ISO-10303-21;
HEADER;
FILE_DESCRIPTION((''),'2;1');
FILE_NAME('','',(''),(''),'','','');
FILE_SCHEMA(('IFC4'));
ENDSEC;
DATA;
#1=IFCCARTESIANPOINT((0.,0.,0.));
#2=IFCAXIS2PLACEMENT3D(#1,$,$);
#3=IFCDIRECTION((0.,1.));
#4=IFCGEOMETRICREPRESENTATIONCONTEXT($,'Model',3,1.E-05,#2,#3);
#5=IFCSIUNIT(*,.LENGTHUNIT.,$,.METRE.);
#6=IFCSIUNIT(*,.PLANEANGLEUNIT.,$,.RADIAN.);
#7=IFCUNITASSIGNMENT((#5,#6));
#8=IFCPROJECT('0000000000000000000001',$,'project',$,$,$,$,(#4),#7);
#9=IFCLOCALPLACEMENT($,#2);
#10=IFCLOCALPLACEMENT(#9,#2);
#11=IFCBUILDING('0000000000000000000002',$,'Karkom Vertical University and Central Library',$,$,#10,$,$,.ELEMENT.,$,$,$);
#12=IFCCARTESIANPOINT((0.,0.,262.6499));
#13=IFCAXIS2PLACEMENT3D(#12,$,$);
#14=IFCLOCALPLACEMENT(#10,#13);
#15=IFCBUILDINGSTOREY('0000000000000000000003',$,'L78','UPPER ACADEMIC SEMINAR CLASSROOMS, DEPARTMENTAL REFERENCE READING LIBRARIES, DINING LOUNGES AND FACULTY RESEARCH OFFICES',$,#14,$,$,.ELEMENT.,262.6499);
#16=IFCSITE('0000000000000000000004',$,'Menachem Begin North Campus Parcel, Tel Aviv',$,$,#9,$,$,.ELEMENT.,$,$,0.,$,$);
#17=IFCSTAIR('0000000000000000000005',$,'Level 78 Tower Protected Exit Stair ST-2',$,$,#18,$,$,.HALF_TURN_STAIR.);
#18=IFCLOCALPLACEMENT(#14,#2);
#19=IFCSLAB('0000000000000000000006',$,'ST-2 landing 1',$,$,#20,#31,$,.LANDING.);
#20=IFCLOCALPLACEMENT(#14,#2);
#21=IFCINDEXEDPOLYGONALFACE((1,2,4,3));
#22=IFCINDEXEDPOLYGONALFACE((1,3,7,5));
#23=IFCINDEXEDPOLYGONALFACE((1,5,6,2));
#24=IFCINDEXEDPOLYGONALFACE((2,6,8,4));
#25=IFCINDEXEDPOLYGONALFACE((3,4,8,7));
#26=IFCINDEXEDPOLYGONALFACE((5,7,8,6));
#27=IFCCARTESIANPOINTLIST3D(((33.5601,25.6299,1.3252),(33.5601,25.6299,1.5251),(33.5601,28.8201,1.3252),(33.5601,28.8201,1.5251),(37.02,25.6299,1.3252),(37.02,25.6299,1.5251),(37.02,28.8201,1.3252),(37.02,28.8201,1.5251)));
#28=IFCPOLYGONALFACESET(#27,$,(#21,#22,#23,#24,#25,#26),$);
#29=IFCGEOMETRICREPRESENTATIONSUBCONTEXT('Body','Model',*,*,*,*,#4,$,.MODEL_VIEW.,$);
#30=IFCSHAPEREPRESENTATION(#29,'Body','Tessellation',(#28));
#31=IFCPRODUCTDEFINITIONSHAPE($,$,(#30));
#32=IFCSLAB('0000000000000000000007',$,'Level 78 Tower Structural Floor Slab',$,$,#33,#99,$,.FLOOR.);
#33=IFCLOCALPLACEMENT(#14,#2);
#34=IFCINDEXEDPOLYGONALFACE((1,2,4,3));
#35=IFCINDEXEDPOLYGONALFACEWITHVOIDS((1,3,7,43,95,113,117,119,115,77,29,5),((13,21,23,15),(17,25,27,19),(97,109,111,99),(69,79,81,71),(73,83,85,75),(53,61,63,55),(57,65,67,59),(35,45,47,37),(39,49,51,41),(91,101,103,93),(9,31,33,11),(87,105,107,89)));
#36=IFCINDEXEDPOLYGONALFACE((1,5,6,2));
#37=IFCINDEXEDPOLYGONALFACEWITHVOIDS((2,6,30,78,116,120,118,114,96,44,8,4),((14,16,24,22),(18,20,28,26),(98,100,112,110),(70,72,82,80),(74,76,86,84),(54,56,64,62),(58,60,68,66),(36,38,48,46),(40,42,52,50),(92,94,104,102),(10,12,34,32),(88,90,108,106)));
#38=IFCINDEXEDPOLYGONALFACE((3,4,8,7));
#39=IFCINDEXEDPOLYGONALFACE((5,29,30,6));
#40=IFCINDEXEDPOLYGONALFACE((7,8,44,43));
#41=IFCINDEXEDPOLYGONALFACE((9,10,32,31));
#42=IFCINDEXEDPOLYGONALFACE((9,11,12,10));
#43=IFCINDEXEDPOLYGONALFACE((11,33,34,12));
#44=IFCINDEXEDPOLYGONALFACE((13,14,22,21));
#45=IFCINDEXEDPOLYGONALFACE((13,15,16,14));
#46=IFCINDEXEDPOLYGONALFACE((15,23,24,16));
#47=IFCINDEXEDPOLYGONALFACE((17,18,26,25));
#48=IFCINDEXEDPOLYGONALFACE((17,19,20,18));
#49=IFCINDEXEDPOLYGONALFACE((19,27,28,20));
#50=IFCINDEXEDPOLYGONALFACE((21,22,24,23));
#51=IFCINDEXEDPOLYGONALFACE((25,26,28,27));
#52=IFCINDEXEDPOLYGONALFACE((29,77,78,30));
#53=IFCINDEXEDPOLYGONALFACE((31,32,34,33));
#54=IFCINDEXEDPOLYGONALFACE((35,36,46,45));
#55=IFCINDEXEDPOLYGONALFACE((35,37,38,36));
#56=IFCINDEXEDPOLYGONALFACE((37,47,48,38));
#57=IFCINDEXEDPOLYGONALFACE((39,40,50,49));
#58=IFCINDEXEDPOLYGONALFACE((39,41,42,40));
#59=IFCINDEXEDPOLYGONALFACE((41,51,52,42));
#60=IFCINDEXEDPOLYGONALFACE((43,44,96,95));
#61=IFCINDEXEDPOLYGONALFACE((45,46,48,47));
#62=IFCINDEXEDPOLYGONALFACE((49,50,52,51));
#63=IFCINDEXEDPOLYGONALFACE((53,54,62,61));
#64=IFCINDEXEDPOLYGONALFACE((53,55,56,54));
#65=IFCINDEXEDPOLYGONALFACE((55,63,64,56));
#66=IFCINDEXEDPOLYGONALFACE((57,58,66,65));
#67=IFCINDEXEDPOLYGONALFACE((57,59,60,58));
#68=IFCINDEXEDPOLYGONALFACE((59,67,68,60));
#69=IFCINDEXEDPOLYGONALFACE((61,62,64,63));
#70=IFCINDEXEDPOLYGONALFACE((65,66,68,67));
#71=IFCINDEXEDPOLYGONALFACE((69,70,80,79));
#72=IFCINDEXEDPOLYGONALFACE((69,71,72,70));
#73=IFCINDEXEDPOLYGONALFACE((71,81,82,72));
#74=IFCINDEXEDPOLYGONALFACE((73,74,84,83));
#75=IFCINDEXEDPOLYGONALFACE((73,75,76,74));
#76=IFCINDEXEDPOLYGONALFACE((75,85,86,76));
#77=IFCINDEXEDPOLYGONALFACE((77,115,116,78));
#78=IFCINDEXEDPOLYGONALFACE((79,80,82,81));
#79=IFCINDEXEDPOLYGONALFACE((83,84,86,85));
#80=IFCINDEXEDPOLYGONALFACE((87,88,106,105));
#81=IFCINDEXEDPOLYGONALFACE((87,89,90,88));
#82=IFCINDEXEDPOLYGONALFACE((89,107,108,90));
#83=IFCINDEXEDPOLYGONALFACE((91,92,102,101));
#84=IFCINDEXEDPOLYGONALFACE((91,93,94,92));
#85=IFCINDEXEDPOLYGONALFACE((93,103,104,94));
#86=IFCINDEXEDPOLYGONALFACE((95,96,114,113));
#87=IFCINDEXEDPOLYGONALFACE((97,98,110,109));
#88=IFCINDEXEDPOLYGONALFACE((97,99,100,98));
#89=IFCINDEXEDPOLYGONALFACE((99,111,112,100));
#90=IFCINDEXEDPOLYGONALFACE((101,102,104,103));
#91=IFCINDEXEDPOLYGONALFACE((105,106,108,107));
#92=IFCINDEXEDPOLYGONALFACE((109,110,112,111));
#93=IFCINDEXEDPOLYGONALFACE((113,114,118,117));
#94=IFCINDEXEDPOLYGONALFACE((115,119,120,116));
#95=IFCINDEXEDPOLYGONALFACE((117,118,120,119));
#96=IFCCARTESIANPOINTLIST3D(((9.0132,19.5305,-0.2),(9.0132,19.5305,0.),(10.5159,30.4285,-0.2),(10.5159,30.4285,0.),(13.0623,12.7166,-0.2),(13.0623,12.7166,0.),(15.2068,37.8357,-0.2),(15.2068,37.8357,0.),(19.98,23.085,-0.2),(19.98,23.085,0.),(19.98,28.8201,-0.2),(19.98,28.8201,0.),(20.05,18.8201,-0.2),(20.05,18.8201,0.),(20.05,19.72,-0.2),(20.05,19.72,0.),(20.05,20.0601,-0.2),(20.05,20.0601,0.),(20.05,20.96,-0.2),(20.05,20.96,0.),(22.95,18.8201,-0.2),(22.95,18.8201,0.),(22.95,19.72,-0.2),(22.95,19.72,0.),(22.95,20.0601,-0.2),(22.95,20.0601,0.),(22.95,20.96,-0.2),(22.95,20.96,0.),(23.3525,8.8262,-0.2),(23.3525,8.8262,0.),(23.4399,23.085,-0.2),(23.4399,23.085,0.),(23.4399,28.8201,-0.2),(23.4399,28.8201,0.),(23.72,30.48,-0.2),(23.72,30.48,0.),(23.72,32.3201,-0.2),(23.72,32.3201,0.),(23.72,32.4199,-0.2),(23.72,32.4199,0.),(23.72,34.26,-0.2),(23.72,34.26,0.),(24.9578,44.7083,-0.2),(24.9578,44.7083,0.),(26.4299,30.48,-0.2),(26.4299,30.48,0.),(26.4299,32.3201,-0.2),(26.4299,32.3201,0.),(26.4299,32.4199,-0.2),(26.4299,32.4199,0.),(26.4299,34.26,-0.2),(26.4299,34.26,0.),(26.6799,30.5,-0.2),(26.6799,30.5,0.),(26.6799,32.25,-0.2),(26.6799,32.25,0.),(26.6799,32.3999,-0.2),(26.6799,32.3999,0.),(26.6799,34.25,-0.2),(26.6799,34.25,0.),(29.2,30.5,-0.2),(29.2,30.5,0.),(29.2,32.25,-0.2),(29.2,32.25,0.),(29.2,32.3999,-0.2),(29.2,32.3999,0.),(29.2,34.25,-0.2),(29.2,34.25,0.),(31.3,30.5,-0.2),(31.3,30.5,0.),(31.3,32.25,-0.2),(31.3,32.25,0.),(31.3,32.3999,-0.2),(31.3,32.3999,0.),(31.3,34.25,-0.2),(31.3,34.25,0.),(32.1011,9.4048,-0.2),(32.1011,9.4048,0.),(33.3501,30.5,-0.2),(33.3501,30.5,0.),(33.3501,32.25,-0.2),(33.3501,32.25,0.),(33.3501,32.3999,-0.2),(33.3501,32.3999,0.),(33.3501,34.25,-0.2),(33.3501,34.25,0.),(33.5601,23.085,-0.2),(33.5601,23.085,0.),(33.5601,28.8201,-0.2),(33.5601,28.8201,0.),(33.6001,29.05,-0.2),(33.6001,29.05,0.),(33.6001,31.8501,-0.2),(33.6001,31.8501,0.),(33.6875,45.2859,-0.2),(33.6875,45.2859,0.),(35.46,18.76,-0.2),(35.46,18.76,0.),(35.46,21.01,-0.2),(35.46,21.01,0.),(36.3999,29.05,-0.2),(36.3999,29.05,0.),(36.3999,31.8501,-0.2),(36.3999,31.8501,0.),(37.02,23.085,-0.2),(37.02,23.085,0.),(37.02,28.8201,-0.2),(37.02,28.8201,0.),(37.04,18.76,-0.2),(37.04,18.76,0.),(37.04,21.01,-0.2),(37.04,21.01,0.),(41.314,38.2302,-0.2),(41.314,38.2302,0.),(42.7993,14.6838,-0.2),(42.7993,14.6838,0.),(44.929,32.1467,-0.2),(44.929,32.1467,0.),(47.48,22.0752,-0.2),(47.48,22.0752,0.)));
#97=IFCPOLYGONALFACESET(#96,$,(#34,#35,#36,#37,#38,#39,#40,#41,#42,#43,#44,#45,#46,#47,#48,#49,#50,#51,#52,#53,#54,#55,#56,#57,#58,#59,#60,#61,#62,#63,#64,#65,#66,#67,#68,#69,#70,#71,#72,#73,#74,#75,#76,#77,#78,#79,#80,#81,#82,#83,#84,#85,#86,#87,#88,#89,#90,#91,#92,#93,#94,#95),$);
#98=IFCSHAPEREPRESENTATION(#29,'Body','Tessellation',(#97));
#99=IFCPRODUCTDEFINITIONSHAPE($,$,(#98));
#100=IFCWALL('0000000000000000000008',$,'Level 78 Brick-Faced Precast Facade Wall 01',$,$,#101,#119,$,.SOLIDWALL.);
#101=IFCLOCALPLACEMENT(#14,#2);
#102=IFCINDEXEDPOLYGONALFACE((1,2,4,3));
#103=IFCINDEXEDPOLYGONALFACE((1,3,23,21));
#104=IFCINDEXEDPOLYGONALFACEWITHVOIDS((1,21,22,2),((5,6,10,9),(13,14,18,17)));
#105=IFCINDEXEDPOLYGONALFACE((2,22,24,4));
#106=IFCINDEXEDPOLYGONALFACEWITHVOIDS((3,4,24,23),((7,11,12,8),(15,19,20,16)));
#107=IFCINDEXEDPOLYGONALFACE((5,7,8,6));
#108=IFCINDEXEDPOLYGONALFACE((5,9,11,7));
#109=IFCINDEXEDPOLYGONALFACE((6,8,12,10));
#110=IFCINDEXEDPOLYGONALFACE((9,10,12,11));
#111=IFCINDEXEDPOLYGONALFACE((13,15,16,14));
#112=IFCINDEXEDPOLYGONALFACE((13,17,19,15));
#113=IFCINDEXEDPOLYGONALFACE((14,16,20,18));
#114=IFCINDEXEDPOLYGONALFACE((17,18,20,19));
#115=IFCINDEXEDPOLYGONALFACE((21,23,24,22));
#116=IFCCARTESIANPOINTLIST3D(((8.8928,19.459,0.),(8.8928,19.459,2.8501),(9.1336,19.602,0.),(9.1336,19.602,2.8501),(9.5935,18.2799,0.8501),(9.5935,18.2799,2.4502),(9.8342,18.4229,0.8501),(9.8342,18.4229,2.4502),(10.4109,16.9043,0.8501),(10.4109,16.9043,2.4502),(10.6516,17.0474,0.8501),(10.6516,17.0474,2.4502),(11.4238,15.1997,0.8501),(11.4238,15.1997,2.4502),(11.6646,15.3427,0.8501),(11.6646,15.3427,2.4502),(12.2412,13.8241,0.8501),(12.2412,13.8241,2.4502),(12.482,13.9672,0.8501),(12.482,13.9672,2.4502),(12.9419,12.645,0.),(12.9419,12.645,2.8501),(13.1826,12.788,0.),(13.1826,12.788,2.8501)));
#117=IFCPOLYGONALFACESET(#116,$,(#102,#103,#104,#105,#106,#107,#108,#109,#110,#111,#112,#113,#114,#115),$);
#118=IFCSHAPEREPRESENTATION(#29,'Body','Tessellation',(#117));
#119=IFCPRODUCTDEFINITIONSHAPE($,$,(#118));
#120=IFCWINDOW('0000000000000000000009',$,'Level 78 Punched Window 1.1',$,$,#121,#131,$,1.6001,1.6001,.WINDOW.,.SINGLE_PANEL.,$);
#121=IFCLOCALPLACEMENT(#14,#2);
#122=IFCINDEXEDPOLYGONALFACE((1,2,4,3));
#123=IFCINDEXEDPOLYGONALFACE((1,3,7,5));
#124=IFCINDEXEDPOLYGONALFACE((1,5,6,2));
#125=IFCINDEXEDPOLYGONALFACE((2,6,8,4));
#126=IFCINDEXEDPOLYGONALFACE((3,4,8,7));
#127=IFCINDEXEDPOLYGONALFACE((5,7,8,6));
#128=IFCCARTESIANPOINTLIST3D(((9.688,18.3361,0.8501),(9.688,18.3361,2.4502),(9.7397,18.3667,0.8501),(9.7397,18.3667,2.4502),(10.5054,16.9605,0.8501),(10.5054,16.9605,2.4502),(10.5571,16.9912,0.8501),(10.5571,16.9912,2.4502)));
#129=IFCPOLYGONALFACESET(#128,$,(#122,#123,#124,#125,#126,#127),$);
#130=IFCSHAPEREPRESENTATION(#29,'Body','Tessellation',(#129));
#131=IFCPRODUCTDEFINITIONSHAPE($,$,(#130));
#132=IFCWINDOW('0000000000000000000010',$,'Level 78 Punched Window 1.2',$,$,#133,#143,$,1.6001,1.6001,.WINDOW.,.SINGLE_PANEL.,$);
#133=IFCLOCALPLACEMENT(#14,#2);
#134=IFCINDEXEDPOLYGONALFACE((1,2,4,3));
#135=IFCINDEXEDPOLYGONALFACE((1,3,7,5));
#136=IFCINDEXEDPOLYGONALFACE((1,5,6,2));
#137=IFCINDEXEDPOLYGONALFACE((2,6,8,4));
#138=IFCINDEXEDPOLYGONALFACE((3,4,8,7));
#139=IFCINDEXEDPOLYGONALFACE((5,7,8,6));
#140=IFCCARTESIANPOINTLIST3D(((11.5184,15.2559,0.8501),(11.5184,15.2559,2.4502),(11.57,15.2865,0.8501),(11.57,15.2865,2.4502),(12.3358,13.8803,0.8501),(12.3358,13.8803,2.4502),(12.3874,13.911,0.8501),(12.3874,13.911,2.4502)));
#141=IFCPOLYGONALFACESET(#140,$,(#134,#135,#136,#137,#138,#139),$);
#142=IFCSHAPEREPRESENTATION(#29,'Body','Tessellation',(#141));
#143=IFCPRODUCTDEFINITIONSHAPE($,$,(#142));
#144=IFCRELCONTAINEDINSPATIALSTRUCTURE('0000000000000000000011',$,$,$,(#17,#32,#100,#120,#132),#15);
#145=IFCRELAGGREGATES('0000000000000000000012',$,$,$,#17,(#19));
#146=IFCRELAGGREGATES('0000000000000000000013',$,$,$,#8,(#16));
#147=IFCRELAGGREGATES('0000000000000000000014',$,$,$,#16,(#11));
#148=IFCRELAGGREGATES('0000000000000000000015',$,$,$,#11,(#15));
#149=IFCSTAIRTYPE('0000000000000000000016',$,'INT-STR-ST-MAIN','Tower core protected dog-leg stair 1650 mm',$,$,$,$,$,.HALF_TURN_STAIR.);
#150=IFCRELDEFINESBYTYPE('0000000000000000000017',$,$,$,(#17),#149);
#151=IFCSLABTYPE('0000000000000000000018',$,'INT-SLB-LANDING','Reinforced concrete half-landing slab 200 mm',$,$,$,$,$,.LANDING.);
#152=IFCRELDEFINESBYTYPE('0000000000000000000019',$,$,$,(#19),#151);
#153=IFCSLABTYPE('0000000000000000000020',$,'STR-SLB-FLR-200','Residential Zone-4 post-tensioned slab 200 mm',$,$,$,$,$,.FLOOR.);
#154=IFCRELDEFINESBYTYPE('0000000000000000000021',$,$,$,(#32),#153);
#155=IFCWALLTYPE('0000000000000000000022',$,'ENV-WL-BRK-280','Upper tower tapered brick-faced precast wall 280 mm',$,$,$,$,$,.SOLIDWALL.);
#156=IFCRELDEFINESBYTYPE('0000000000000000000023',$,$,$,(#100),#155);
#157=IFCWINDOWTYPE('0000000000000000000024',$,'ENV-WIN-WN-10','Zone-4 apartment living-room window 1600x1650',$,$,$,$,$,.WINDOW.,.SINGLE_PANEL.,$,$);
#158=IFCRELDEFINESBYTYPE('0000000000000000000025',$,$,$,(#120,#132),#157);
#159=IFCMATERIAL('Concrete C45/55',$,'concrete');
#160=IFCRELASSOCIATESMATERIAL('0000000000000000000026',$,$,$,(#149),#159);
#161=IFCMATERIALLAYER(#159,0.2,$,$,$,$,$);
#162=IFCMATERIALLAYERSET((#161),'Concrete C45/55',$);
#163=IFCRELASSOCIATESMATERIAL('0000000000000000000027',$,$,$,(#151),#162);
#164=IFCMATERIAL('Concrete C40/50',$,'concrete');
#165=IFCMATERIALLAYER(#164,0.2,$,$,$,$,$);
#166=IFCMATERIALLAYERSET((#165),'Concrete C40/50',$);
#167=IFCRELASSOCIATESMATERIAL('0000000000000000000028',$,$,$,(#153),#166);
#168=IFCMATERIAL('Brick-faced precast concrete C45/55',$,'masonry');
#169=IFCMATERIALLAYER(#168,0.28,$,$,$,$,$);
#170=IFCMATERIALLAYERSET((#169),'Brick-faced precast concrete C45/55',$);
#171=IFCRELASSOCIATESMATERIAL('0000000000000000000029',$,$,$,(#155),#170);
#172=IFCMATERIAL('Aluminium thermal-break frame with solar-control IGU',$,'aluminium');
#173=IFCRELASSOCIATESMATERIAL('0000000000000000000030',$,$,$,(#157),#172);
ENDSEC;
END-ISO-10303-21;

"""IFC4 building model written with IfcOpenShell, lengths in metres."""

from ifc_helpers import new_model, si_unit, direction, frame, frame_2d, origin, origin_with_axes, place, context, subcontext, project, spatial, polyline, rectangle, outline, extrude, source, transform, mapped, material, layer, layer_set, type_object, element, fill, aggregate, save


model = new_model("IFC4")

# Units and contexts
model_context = context("Model", 3, precision=1e-05, world=origin(), true_north=direction((0.0, 1.0)))
body_context = subcontext(model_context, "Body", "Model", "MODEL_VIEW")
ifc_project = project(units=[si_unit("LENGTHUNIT", "METRE"), si_unit("PLANEANGLEUNIT", "RADIAN")], contexts=[model_context])

# Site, building, storey
site_placement = place(None, origin())
site = spatial("IfcSite", under=ifc_project, at=site_placement, Name="Menachem Begin North Campus Parcel, Tel Aviv", CompositionType="ELEMENT", RefElevation=0.0)
building_placement = place(site_placement, origin())
building = spatial("IfcBuilding", under=site, at=building_placement, Name="Karkom Vertical University and Central Library", CompositionType="ELEMENT")
storey_placement = place(building_placement, frame((0.0, 0.0, 262.6499)))
storey = spatial("IfcBuildingStorey", under=building, at=storey_placement, Name="L78", Description="UPPER ACADEMIC SEMINAR CLASSROOMS, DEPARTMENTAL REFERENCE READING LIBRARIES, DINING LOUNGES AND FACULTY RESEARCH OFFICES", CompositionType="ELEMENT", Elevation=262.6499)

# Shared definitions
ifc_material_1 = material(Name="Concrete C45/55", Category="concrete")

# Stair, slab
stair_type = type_object("IfcStairType", Name="INT-STR-ST-MAIN", Description="Tower core protected dog-leg stair 1650 mm", PredefinedType="HALF_TURN_STAIR", material=ifc_material_1)
ifc_layer_1 = layer(ifc_material_1, 0.2)
ifc_layer_set_1 = layer_set([ifc_layer_1], Name="Concrete C45/55")
slab_type_1 = type_object("IfcSlabType", Name="INT-SLB-LANDING", Description="Reinforced concrete half-landing slab 200 mm", PredefinedType="LANDING", material=ifc_layer_set_1)
stair_1_placement = place(storey_placement, origin())
stair_1 = element("IfcStair", 1, at=stair_1_placement, inside=storey, type_object=stair_type, Name="Level 78 Tower Protected Exit Stair ST-2", PredefinedType="HALF_TURN_STAIR")
slab_1_placement = place(storey_placement, frame((0.0, 0.0, 1.3252)))
slab_1 = element("IfcSlab", 2, at=slab_1_placement, type_object=slab_type_1, Name="ST-2 landing 1", PredefinedType="LANDING", context=body_context, shape_type="SweptSolid", body=[
    extrude(outline(polyline([(37.02, 25.6299), (37.02, 28.8201), (33.5601, 28.8201), (33.5601, 25.6299), (37.02, 25.6299)])), origin(), (0.0, 0.0, 1.0), 0.2),
])
aggregate(stair_1, [slab_1])

# Slab
ifc_material_2 = material(Name="Concrete C40/50", Category="concrete")
ifc_layer_2 = layer(ifc_material_2, 0.2)
ifc_layer_set_2 = layer_set([ifc_layer_2], Name="Concrete C40/50")
slab_type_2 = type_object("IfcSlabType", Name="STR-SLB-FLR-200", Description="Residential Zone-4 post-tensioned slab 200 mm", PredefinedType="FLOOR", material=ifc_layer_set_2)
slab_2_placement = place(storey_placement, frame((0.0, 0.0, -0.2)))
element("IfcSlab", 3, at=slab_2_placement, inside=storey, type_object=slab_type_2, Name="Level 78 Tower Structural Floor Slab", PredefinedType="FLOOR", context=body_context, shape_type="SweptSolid", body=[
    extrude(outline(polyline([(9.0132, 19.5305), (13.0623, 12.7166), (23.3525, 8.8262), (32.1011, 9.4048), (42.7993, 14.6838), (47.48, 22.0752), (44.929, 32.1467), (41.314, 38.2302), (33.6875, 45.2859), (24.9578, 44.7083), (15.2068, 37.8357), (10.5159, 30.4285), (9.0132, 19.5305)]), holes=[polyline([(19.98, 23.085), (23.4399, 23.085), (23.4399, 28.8201), (19.98, 28.8201), (19.98, 23.085)]), polyline([(33.5601, 23.085), (37.02, 23.085), (37.02, 28.8201), (33.5601, 28.8201), (33.5601, 23.085)]), polyline([(26.6799, 30.5), (29.2, 30.5), (29.2, 32.25), (26.6799, 32.25), (26.6799, 30.5)]), polyline([(26.6799, 32.3999), (29.2, 32.3999), (29.2, 34.25), (26.6799, 34.25), (26.6799, 32.3999)]), polyline([(31.3, 30.5), (33.3501, 30.5), (33.3501, 32.25), (31.3, 32.25), (31.3, 30.5)]), polyline([(31.3, 32.3999), (33.3501, 32.3999), (33.3501, 34.25), (31.3, 34.25), (31.3, 32.3999)]), polyline([(23.72, 30.48), (26.4299, 30.48), (26.4299, 32.3201), (23.72, 32.3201), (23.72, 30.48)]), polyline([(23.72, 32.4199), (26.4299, 32.4199), (26.4299, 34.26), (23.72, 34.26), (23.72, 32.4199)]), polyline([(33.6001, 29.05), (36.3999, 29.05), (36.3999, 31.8501), (33.6001, 31.8501), (33.6001, 29.05)]), polyline([(20.05, 18.8201), (22.95, 18.8201), (22.95, 19.72), (20.05, 19.72), (20.05, 18.8201)]), polyline([(20.05, 20.0601), (22.95, 20.0601), (22.95, 20.96), (20.05, 20.96), (20.05, 20.0601)]), polyline([(35.46, 18.76), (37.04, 18.76), (37.04, 21.01), (35.46, 21.01), (35.46, 18.76)])]), origin(), (0.0, 0.0, 1.0), 0.2),
])

# Wall, openings, windows
ifc_material_3 = material(Name="Brick-faced precast concrete C45/55", Category="masonry")
ifc_layer_3 = layer(ifc_material_3, 0.28)
ifc_layer_set_3 = layer_set([ifc_layer_3], Name="Brick-faced precast concrete C45/55")
wall_type_1 = type_object("IfcWallType", Name="ENV-WL-BRK-280", Description="Upper tower tapered brick-faced precast wall 280 mm", PredefinedType="SOLIDWALL", material=ifc_layer_set_3)
wall_1_placement = place(storey_placement, frame((9.0132, 19.5305, 0.0), z_axis=(0.0, 0.0, 1.0), x_axis=(0.510845, -0.859673, 0.0)))
wall_1 = element("IfcWall", 4, at=wall_1_placement, inside=storey, type_object=wall_type_1, Name="Level 78 Brick-Faced Precast Facade Wall 01", PredefinedType="SOLIDWALL", context=body_context, shape_type="SweptSolid", body=[
    extrude(rectangle(XDim=7.9263, YDim=0.28, at=frame_2d((3.9631, 0.0))), origin(), (0.0, 0.0, 1.0), 2.8501),
])
opening_1_placement = place(wall_1_placement, frame((1.3716, 0.0, 0.8501)))
opening_1 = element("IfcOpeningElement", 5, at=opening_1_placement, cuts=wall_1, PredefinedType="OPENING", context=body_context, shape_type="SweptSolid", body=[
    extrude(rectangle(XDim=1.6001, YDim=1.6001, at=frame_2d((0.8, 0.8))), frame((0.0, 0.1499, 0.0), z_axis=(0.0, -1.0, 0.0), x_axis=(1.0, 0.0, 0.0)), (0.0, 0.0, 1.0), 0.3),
])
opening_2_placement = place(wall_1_placement, frame((4.9546, 0.0, 0.8501)))
opening_2 = element("IfcOpeningElement", 6, at=opening_2_placement, cuts=wall_1, PredefinedType="OPENING", context=body_context, shape_type="SweptSolid", body=[
    extrude(rectangle(XDim=1.6001, YDim=1.6001, at=frame_2d((0.8, 0.8))), frame((0.0, 0.1499, 0.0), z_axis=(0.0, -1.0, 0.0), x_axis=(1.0, 0.0, 0.0)), (0.0, 0.0, 1.0), 0.3),
])
ifc_material_4 = material(Name="Aluminium thermal-break frame with solar-control IGU", Category="aluminium")
window_type = type_object("IfcWindowType", Name="ENV-WIN-WN-10", Description="Zone-4 apartment living-room window 1600x1650", PartitioningType="SINGLE_PANEL", PredefinedType="WINDOW", material=ifc_material_4)
shared_shape_1 = source(origin_with_axes(), body_context, "Body", "SweptSolid", [
    extrude(rectangle(XDim=1.6001, YDim=1.6001, at=frame_2d((0.8, 0.8))), frame((0.0, 0.03, 0.0), z_axis=(0.0, -1.0, 0.0), x_axis=(1.0, 0.0, 0.0)), (0.0, 0.0, 1.0), 0.0601),
])
window_1_placement = place(opening_1_placement, origin())
window_1 = element("IfcWindow", 7, at=window_1_placement, inside=storey, type_object=window_type, Name="Level 78 Punched Window 1.1", OverallHeight=1.6001, OverallWidth=1.6001, PartitioningType="SINGLE_PANEL", PredefinedType="WINDOW", context=body_context, shape_type="MappedRepresentation", body=[
    mapped(shared_shape_1, transform((0.0, 0.0, 0.0), scale=1.0)),
])
fill(opening_1, window_1)
window_2_placement = place(opening_2_placement, origin())
window_2 = element("IfcWindow", 8, at=window_2_placement, inside=storey, type_object=window_type, Name="Level 78 Punched Window 1.2", OverallHeight=1.6001, OverallWidth=1.6001, PartitioningType="SINGLE_PANEL", PredefinedType="WINDOW", context=body_context, shape_type="MappedRepresentation", body=[
    mapped(shared_shape_1, transform((0.0, 0.0, 0.0), scale=1.0)),
])
fill(opening_2, window_2)

save(model, "model.ifc")
